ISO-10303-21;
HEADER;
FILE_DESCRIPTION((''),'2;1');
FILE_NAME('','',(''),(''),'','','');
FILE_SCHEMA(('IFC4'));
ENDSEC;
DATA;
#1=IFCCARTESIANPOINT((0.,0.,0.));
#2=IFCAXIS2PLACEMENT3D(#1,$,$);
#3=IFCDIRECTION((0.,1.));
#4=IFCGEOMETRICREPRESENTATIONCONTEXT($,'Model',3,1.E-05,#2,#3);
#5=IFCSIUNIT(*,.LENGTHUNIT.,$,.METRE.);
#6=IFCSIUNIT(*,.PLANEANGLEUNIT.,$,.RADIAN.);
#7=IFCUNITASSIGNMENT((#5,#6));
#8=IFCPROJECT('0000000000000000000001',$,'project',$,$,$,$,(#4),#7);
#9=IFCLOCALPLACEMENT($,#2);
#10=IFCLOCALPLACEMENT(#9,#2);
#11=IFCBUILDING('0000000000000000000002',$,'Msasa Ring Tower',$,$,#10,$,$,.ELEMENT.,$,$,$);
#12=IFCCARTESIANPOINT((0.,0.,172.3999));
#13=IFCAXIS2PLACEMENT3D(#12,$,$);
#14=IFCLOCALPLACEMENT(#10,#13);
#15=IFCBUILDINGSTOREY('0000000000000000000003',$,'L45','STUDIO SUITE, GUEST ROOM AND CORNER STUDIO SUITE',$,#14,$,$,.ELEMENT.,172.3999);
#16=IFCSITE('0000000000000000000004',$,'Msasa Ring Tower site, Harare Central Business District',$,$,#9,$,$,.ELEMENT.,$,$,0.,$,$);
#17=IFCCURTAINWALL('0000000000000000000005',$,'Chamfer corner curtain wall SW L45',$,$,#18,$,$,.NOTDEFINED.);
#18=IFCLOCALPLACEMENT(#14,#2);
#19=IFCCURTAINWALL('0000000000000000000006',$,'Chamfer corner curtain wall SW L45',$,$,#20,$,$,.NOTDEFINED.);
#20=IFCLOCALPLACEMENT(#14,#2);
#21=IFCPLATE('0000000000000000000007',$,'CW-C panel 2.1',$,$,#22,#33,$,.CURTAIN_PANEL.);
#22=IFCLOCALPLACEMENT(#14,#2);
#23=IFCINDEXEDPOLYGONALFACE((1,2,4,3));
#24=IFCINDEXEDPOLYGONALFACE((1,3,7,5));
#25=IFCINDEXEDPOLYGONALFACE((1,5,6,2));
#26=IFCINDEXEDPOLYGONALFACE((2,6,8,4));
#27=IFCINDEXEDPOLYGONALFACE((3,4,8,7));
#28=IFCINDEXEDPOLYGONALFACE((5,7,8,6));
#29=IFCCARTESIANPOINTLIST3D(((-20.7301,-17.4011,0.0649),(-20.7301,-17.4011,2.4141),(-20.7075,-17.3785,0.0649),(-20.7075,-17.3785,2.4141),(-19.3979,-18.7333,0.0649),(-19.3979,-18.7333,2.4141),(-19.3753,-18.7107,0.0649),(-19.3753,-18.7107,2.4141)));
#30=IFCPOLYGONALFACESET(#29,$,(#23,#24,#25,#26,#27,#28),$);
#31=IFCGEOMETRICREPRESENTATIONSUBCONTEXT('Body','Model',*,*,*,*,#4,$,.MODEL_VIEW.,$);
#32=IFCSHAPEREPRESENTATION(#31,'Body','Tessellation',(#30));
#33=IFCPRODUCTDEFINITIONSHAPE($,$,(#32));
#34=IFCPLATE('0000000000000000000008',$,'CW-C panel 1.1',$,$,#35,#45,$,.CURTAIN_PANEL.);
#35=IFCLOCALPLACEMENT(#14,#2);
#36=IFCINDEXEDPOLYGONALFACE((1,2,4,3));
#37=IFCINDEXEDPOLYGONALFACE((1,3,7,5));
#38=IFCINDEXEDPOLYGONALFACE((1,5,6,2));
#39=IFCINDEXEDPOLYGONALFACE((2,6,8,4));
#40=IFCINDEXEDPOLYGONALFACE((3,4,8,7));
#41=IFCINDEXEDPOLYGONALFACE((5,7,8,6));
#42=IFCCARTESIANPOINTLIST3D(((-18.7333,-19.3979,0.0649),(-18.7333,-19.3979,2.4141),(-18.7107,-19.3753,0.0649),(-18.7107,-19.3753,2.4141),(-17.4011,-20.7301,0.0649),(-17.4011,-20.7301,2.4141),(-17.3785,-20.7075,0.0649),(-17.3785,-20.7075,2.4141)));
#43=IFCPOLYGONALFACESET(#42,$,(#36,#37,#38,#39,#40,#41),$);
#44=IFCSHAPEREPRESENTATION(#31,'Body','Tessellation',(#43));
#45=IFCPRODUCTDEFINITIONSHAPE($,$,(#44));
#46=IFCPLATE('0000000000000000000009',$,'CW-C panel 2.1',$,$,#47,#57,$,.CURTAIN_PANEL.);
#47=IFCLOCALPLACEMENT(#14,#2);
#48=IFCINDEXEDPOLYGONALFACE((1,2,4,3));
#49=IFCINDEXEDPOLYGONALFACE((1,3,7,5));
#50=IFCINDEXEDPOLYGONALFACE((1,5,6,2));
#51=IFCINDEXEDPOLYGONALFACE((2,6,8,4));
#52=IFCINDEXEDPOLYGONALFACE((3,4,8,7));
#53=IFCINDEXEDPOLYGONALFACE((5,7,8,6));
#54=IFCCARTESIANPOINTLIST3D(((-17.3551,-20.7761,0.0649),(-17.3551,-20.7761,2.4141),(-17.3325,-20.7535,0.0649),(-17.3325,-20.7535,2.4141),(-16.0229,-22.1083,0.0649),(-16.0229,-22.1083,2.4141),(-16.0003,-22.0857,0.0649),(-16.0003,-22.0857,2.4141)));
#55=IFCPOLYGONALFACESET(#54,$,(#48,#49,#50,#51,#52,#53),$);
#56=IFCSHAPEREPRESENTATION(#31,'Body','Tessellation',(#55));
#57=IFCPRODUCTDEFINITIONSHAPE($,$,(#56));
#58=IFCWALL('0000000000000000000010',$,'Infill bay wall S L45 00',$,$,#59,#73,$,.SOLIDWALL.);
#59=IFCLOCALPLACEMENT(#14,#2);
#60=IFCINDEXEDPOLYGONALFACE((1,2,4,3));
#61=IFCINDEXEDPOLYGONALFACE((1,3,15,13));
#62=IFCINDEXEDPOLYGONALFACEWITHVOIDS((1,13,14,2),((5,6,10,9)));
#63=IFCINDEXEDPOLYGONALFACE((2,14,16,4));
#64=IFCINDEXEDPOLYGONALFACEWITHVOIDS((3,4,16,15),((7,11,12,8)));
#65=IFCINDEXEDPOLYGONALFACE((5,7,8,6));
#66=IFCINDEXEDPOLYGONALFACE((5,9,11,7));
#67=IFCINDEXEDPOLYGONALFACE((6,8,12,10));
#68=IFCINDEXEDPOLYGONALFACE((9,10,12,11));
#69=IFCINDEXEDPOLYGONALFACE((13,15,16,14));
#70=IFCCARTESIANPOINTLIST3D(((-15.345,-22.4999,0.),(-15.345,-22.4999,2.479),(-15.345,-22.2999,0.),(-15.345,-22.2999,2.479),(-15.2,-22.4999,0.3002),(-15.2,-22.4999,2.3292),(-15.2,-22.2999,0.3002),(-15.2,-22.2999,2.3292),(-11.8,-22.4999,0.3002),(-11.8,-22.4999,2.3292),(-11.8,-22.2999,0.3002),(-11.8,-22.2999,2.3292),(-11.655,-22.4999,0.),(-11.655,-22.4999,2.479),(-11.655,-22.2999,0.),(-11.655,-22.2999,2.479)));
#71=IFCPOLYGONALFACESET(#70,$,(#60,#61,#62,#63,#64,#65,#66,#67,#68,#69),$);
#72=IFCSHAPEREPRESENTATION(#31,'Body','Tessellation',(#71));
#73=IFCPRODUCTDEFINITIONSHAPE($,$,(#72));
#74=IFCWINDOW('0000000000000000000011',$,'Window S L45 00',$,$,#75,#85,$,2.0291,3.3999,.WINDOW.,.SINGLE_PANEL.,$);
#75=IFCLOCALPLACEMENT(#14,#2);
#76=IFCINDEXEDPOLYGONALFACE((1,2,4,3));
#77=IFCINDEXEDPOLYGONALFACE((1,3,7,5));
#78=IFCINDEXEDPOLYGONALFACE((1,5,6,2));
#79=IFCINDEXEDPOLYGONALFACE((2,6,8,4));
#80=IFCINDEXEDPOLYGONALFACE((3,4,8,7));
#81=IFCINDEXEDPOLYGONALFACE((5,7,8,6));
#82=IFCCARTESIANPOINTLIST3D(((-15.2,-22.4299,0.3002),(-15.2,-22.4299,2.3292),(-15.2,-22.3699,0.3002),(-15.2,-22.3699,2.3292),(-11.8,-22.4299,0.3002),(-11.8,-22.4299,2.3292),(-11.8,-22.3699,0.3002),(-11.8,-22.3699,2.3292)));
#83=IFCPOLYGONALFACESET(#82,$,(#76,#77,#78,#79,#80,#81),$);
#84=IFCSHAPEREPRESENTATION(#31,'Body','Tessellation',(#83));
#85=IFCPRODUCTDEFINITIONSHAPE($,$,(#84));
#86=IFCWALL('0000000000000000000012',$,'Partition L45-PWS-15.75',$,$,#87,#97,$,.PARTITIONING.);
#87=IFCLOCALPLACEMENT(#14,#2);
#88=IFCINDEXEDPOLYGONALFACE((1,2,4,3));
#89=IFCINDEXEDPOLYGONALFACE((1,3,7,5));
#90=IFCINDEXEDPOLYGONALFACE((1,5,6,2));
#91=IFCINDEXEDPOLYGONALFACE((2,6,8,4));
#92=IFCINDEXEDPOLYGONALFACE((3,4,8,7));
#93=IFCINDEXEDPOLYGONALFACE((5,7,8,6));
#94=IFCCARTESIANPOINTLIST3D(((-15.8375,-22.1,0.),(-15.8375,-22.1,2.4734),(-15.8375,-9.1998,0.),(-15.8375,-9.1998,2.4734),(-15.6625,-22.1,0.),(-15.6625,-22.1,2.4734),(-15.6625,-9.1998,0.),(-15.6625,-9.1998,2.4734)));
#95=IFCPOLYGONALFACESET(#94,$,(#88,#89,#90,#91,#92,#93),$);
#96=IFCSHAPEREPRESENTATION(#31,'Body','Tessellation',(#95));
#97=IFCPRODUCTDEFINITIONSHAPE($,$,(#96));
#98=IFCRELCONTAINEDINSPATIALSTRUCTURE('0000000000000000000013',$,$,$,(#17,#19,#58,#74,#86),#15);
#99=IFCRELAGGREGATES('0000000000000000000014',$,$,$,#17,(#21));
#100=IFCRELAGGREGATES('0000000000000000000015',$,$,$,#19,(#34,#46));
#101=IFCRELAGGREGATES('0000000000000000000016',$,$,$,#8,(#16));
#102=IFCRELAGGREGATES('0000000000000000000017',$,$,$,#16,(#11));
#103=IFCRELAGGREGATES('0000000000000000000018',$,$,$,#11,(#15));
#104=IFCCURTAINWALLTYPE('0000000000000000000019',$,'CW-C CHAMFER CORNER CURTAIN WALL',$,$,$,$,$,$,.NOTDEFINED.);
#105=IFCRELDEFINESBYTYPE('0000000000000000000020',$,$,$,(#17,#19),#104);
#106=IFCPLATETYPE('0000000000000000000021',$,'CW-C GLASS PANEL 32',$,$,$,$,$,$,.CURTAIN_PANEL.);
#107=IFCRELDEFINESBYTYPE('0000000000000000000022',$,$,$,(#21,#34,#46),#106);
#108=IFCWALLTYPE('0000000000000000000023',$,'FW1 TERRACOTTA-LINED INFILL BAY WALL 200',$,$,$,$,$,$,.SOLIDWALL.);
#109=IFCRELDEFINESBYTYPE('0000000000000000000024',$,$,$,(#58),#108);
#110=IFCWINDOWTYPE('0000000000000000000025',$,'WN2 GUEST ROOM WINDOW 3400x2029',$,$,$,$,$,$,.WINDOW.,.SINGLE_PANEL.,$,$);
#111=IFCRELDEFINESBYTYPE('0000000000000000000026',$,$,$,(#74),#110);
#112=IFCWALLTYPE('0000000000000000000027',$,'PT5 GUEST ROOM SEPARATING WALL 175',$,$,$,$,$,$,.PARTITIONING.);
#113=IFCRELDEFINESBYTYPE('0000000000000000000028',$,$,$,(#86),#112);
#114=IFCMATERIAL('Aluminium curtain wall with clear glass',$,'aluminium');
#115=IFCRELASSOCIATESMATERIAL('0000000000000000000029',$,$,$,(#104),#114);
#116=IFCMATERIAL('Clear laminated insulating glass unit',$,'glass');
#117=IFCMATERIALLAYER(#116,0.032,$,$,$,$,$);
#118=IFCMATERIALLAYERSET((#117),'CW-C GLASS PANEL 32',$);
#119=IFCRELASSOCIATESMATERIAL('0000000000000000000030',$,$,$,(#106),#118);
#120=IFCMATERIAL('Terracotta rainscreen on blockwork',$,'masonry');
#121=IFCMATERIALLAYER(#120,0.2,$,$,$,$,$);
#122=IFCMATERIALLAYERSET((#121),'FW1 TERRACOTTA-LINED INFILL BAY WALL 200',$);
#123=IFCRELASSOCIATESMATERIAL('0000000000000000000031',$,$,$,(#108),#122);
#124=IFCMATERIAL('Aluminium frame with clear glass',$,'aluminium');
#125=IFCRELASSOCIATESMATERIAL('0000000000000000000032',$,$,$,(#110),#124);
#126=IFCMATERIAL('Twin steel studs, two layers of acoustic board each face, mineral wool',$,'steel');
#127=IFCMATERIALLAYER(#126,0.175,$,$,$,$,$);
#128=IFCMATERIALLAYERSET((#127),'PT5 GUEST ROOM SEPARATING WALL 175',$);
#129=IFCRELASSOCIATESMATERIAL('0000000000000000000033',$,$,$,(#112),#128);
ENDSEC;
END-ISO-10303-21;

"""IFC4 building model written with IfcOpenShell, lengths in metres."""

from ifc_helpers import new_model, si_unit, direction, frame, frame_2d, origin, origin_2d, place, context, subcontext, project, spatial, rectangle, extrude, material, layer, layer_set, type_object, element, fill, aggregate, save


model = new_model("IFC4")

# Units and contexts
model_context = context("Model", 3, precision=1e-05, world=origin(), true_north=direction((0.0, 1.0)))
body_context = subcontext(model_context, "Body", "Model", "MODEL_VIEW")
ifc_project = project(units=[si_unit("LENGTHUNIT", "METRE"), si_unit("PLANEANGLEUNIT", "RADIAN")], contexts=[model_context])

# Site, building, storey
site_placement = place(None, origin())
site = spatial("IfcSite", under=ifc_project, at=site_placement, Name="Msasa Ring Tower site, Harare Central Business District", CompositionType="ELEMENT", RefElevation=0.0)
building_placement = place(site_placement, origin())
building = spatial("IfcBuilding", under=site, at=building_placement, Name="Msasa Ring Tower", CompositionType="ELEMENT")
storey_placement = place(building_placement, frame((0.0, 0.0, 172.3999)))
storey = spatial("IfcBuildingStorey", under=building, at=storey_placement, Name="L45", Description="STUDIO SUITE, GUEST ROOM AND CORNER STUDIO SUITE", CompositionType="ELEMENT", Elevation=172.3999)

# Curtain walls
ifc_material_1 = material(Name="Aluminium curtain wall with clear glass", Category="aluminium")
curtain_wall_type = type_object("IfcCurtainWallType", Name="CW-C CHAMFER CORNER CURTAIN WALL", PredefinedType="NOTDEFINED", material=ifc_material_1)
curtain_wall_1_placement = place(storey_placement, origin())
curtain_wall_1 = element("IfcCurtainWall", 1, at=curtain_wall_1_placement, inside=storey, type_object=curtain_wall_type, Name="Chamfer corner curtain wall SW L45", PredefinedType="NOTDEFINED")
curtain_wall_2_placement = place(storey_placement, origin())
curtain_wall_2 = element("IfcCurtainWall", 2, at=curtain_wall_2_placement, inside=storey, type_object=curtain_wall_type, Name="Chamfer corner curtain wall SW L45", PredefinedType="NOTDEFINED")

# Plates
ifc_material_2 = material(Name="Clear laminated insulating glass unit", Category="glass")
ifc_layer_1 = layer(ifc_material_2, 0.032)
ifc_layer_set_1 = layer_set([ifc_layer_1], Name="CW-C GLASS PANEL 32")
plate_type = type_object("IfcPlateType", Name="CW-C GLASS PANEL 32", PredefinedType="CURTAIN_PANEL", material=ifc_layer_set_1)
plate_1_placement = place(storey_placement, frame((-20.0527, -18.0559, 0.0649), z_axis=(0.0, 0.0, 1.0), x_axis=(0.707107, -0.707107, 0.0)))
plate_1 = element("IfcPlate", 3, at=plate_1_placement, type_object=plate_type, Name="CW-C panel 2.1", PredefinedType="CURTAIN_PANEL", context=body_context, shape_type="SweptSolid", body=[
    extrude(rectangle(XDim=1.884, YDim=0.032, at=origin_2d()), origin(), (0.0, 0.0, 1.0), 2.3491),
])
aggregate(curtain_wall_1, [plate_1])
plate_2_placement = place(storey_placement, frame((-18.0559, -20.0527, 0.0649), z_axis=(0.0, 0.0, 1.0), x_axis=(0.707107, -0.707107, 0.0)))
plate_2 = element("IfcPlate", 4, at=plate_2_placement, type_object=plate_type, Name="CW-C panel 1.1", PredefinedType="CURTAIN_PANEL", context=body_context, shape_type="SweptSolid", body=[
    extrude(rectangle(XDim=1.884, YDim=0.032, at=origin_2d()), origin(), (0.0, 0.0, 1.0), 2.3491),
])
plate_3_placement = place(storey_placement, frame((-16.6777, -21.4309, 0.0649), z_axis=(0.0, 0.0, 1.0), x_axis=(0.707107, -0.707107, 0.0)))
plate_3 = element("IfcPlate", 5, at=plate_3_placement, type_object=plate_type, Name="CW-C panel 2.1", PredefinedType="CURTAIN_PANEL", context=body_context, shape_type="SweptSolid", body=[
    extrude(rectangle(XDim=1.884, YDim=0.032, at=origin_2d()), origin(), (0.0, 0.0, 1.0), 2.3491),
])
aggregate(curtain_wall_2, [plate_2, plate_3])

# Wall, opening, window
ifc_material_3 = material(Name="Terracotta rainscreen on blockwork", Category="masonry")
ifc_layer_2 = layer(ifc_material_3, 0.2)
ifc_layer_set_2 = layer_set([ifc_layer_2], Name="FW1 TERRACOTTA-LINED INFILL BAY WALL 200")
wall_type_1 = type_object("IfcWallType", Name="FW1 TERRACOTTA-LINED INFILL BAY WALL 200", PredefinedType="SOLIDWALL", material=ifc_layer_set_2)
wall_1_placement = place(storey_placement, frame((-15.345, -22.3999, 0.0), z_axis=(0.0, 0.0, 1.0), x_axis=(1.0, 0.0, 0.0)))
wall_1 = element("IfcWall", 6, at=wall_1_placement, inside=storey, type_object=wall_type_1, Name="Infill bay wall S L45 00", PredefinedType="SOLIDWALL", context=body_context, shape_type="SweptSolid", body=[
    extrude(rectangle(XDim=3.6899, YDim=0.2, at=frame_2d((1.845, 0.0))), origin(), (0.0, 0.0, 1.0), 2.479),
])
opening_placement = place(wall_1_placement, frame((0.145, 0.0, 0.3)))
opening = element("IfcOpeningElement", 7, at=opening_placement, cuts=wall_1, PredefinedType="OPENING", context=body_context, shape_type="SweptSolid", body=[
    extrude(rectangle(XDim=3.3999, YDim=2.0291, at=frame_2d((1.7, 1.0146))), frame((0.0, 0.1099, 0.0), z_axis=(0.0, -1.0, 0.0), x_axis=(1.0, 0.0, 0.0)), (0.0, 0.0, 1.0), 0.22),
])
ifc_material_4 = material(Name="Aluminium frame with clear glass", Category="aluminium")
window_type = type_object("IfcWindowType", Name="WN2 GUEST ROOM WINDOW 3400x2029", PartitioningType="SINGLE_PANEL", PredefinedType="WINDOW", material=ifc_material_4)
window_placement = place(opening_placement, origin())
window = element("IfcWindow", 8, at=window_placement, inside=storey, type_object=window_type, Name="Window S L45 00", OverallHeight=2.0291, OverallWidth=3.3999, PartitioningType="SINGLE_PANEL", PredefinedType="WINDOW", context=body_context, shape_type="SweptSolid", body=[
    extrude(rectangle(XDim=3.3999, YDim=2.0291, at=frame_2d((1.7, 1.0146))), frame((0.0, 0.03, 0.0), z_axis=(0.0, -1.0, 0.0), x_axis=(1.0, 0.0, 0.0)), (0.0, 0.0, 1.0), 0.0601),
])
fill(opening, window)

# Wall
ifc_material_5 = material(Name="Twin steel studs, two layers of acoustic board each face, mineral wool", Category="steel")
ifc_layer_3 = layer(ifc_material_5, 0.175)
ifc_layer_set_3 = layer_set([ifc_layer_3], Name="PT5 GUEST ROOM SEPARATING WALL 175")
wall_type_2 = type_object("IfcWallType", Name="PT5 GUEST ROOM SEPARATING WALL 175", PredefinedType="PARTITIONING", material=ifc_layer_set_3)
wall_2_placement = place(storey_placement, frame((-15.75, -22.1001, 0.0), z_axis=(0.0, 0.0, 1.0), x_axis=(0.0, 1.0, 0.0)))
element("IfcWall", 9, at=wall_2_placement, inside=storey, type_object=wall_type_2, Name="Partition L45-PWS-15.75", PredefinedType="PARTITIONING", context=body_context, shape_type="SweptSolid", body=[
    extrude(rectangle(XDim=12.9001, YDim=0.175, at=frame_2d((6.4502, 0.0))), origin(), (0.0, 0.0, 1.0), 2.4734),
])

save(model, "model.ifc")
